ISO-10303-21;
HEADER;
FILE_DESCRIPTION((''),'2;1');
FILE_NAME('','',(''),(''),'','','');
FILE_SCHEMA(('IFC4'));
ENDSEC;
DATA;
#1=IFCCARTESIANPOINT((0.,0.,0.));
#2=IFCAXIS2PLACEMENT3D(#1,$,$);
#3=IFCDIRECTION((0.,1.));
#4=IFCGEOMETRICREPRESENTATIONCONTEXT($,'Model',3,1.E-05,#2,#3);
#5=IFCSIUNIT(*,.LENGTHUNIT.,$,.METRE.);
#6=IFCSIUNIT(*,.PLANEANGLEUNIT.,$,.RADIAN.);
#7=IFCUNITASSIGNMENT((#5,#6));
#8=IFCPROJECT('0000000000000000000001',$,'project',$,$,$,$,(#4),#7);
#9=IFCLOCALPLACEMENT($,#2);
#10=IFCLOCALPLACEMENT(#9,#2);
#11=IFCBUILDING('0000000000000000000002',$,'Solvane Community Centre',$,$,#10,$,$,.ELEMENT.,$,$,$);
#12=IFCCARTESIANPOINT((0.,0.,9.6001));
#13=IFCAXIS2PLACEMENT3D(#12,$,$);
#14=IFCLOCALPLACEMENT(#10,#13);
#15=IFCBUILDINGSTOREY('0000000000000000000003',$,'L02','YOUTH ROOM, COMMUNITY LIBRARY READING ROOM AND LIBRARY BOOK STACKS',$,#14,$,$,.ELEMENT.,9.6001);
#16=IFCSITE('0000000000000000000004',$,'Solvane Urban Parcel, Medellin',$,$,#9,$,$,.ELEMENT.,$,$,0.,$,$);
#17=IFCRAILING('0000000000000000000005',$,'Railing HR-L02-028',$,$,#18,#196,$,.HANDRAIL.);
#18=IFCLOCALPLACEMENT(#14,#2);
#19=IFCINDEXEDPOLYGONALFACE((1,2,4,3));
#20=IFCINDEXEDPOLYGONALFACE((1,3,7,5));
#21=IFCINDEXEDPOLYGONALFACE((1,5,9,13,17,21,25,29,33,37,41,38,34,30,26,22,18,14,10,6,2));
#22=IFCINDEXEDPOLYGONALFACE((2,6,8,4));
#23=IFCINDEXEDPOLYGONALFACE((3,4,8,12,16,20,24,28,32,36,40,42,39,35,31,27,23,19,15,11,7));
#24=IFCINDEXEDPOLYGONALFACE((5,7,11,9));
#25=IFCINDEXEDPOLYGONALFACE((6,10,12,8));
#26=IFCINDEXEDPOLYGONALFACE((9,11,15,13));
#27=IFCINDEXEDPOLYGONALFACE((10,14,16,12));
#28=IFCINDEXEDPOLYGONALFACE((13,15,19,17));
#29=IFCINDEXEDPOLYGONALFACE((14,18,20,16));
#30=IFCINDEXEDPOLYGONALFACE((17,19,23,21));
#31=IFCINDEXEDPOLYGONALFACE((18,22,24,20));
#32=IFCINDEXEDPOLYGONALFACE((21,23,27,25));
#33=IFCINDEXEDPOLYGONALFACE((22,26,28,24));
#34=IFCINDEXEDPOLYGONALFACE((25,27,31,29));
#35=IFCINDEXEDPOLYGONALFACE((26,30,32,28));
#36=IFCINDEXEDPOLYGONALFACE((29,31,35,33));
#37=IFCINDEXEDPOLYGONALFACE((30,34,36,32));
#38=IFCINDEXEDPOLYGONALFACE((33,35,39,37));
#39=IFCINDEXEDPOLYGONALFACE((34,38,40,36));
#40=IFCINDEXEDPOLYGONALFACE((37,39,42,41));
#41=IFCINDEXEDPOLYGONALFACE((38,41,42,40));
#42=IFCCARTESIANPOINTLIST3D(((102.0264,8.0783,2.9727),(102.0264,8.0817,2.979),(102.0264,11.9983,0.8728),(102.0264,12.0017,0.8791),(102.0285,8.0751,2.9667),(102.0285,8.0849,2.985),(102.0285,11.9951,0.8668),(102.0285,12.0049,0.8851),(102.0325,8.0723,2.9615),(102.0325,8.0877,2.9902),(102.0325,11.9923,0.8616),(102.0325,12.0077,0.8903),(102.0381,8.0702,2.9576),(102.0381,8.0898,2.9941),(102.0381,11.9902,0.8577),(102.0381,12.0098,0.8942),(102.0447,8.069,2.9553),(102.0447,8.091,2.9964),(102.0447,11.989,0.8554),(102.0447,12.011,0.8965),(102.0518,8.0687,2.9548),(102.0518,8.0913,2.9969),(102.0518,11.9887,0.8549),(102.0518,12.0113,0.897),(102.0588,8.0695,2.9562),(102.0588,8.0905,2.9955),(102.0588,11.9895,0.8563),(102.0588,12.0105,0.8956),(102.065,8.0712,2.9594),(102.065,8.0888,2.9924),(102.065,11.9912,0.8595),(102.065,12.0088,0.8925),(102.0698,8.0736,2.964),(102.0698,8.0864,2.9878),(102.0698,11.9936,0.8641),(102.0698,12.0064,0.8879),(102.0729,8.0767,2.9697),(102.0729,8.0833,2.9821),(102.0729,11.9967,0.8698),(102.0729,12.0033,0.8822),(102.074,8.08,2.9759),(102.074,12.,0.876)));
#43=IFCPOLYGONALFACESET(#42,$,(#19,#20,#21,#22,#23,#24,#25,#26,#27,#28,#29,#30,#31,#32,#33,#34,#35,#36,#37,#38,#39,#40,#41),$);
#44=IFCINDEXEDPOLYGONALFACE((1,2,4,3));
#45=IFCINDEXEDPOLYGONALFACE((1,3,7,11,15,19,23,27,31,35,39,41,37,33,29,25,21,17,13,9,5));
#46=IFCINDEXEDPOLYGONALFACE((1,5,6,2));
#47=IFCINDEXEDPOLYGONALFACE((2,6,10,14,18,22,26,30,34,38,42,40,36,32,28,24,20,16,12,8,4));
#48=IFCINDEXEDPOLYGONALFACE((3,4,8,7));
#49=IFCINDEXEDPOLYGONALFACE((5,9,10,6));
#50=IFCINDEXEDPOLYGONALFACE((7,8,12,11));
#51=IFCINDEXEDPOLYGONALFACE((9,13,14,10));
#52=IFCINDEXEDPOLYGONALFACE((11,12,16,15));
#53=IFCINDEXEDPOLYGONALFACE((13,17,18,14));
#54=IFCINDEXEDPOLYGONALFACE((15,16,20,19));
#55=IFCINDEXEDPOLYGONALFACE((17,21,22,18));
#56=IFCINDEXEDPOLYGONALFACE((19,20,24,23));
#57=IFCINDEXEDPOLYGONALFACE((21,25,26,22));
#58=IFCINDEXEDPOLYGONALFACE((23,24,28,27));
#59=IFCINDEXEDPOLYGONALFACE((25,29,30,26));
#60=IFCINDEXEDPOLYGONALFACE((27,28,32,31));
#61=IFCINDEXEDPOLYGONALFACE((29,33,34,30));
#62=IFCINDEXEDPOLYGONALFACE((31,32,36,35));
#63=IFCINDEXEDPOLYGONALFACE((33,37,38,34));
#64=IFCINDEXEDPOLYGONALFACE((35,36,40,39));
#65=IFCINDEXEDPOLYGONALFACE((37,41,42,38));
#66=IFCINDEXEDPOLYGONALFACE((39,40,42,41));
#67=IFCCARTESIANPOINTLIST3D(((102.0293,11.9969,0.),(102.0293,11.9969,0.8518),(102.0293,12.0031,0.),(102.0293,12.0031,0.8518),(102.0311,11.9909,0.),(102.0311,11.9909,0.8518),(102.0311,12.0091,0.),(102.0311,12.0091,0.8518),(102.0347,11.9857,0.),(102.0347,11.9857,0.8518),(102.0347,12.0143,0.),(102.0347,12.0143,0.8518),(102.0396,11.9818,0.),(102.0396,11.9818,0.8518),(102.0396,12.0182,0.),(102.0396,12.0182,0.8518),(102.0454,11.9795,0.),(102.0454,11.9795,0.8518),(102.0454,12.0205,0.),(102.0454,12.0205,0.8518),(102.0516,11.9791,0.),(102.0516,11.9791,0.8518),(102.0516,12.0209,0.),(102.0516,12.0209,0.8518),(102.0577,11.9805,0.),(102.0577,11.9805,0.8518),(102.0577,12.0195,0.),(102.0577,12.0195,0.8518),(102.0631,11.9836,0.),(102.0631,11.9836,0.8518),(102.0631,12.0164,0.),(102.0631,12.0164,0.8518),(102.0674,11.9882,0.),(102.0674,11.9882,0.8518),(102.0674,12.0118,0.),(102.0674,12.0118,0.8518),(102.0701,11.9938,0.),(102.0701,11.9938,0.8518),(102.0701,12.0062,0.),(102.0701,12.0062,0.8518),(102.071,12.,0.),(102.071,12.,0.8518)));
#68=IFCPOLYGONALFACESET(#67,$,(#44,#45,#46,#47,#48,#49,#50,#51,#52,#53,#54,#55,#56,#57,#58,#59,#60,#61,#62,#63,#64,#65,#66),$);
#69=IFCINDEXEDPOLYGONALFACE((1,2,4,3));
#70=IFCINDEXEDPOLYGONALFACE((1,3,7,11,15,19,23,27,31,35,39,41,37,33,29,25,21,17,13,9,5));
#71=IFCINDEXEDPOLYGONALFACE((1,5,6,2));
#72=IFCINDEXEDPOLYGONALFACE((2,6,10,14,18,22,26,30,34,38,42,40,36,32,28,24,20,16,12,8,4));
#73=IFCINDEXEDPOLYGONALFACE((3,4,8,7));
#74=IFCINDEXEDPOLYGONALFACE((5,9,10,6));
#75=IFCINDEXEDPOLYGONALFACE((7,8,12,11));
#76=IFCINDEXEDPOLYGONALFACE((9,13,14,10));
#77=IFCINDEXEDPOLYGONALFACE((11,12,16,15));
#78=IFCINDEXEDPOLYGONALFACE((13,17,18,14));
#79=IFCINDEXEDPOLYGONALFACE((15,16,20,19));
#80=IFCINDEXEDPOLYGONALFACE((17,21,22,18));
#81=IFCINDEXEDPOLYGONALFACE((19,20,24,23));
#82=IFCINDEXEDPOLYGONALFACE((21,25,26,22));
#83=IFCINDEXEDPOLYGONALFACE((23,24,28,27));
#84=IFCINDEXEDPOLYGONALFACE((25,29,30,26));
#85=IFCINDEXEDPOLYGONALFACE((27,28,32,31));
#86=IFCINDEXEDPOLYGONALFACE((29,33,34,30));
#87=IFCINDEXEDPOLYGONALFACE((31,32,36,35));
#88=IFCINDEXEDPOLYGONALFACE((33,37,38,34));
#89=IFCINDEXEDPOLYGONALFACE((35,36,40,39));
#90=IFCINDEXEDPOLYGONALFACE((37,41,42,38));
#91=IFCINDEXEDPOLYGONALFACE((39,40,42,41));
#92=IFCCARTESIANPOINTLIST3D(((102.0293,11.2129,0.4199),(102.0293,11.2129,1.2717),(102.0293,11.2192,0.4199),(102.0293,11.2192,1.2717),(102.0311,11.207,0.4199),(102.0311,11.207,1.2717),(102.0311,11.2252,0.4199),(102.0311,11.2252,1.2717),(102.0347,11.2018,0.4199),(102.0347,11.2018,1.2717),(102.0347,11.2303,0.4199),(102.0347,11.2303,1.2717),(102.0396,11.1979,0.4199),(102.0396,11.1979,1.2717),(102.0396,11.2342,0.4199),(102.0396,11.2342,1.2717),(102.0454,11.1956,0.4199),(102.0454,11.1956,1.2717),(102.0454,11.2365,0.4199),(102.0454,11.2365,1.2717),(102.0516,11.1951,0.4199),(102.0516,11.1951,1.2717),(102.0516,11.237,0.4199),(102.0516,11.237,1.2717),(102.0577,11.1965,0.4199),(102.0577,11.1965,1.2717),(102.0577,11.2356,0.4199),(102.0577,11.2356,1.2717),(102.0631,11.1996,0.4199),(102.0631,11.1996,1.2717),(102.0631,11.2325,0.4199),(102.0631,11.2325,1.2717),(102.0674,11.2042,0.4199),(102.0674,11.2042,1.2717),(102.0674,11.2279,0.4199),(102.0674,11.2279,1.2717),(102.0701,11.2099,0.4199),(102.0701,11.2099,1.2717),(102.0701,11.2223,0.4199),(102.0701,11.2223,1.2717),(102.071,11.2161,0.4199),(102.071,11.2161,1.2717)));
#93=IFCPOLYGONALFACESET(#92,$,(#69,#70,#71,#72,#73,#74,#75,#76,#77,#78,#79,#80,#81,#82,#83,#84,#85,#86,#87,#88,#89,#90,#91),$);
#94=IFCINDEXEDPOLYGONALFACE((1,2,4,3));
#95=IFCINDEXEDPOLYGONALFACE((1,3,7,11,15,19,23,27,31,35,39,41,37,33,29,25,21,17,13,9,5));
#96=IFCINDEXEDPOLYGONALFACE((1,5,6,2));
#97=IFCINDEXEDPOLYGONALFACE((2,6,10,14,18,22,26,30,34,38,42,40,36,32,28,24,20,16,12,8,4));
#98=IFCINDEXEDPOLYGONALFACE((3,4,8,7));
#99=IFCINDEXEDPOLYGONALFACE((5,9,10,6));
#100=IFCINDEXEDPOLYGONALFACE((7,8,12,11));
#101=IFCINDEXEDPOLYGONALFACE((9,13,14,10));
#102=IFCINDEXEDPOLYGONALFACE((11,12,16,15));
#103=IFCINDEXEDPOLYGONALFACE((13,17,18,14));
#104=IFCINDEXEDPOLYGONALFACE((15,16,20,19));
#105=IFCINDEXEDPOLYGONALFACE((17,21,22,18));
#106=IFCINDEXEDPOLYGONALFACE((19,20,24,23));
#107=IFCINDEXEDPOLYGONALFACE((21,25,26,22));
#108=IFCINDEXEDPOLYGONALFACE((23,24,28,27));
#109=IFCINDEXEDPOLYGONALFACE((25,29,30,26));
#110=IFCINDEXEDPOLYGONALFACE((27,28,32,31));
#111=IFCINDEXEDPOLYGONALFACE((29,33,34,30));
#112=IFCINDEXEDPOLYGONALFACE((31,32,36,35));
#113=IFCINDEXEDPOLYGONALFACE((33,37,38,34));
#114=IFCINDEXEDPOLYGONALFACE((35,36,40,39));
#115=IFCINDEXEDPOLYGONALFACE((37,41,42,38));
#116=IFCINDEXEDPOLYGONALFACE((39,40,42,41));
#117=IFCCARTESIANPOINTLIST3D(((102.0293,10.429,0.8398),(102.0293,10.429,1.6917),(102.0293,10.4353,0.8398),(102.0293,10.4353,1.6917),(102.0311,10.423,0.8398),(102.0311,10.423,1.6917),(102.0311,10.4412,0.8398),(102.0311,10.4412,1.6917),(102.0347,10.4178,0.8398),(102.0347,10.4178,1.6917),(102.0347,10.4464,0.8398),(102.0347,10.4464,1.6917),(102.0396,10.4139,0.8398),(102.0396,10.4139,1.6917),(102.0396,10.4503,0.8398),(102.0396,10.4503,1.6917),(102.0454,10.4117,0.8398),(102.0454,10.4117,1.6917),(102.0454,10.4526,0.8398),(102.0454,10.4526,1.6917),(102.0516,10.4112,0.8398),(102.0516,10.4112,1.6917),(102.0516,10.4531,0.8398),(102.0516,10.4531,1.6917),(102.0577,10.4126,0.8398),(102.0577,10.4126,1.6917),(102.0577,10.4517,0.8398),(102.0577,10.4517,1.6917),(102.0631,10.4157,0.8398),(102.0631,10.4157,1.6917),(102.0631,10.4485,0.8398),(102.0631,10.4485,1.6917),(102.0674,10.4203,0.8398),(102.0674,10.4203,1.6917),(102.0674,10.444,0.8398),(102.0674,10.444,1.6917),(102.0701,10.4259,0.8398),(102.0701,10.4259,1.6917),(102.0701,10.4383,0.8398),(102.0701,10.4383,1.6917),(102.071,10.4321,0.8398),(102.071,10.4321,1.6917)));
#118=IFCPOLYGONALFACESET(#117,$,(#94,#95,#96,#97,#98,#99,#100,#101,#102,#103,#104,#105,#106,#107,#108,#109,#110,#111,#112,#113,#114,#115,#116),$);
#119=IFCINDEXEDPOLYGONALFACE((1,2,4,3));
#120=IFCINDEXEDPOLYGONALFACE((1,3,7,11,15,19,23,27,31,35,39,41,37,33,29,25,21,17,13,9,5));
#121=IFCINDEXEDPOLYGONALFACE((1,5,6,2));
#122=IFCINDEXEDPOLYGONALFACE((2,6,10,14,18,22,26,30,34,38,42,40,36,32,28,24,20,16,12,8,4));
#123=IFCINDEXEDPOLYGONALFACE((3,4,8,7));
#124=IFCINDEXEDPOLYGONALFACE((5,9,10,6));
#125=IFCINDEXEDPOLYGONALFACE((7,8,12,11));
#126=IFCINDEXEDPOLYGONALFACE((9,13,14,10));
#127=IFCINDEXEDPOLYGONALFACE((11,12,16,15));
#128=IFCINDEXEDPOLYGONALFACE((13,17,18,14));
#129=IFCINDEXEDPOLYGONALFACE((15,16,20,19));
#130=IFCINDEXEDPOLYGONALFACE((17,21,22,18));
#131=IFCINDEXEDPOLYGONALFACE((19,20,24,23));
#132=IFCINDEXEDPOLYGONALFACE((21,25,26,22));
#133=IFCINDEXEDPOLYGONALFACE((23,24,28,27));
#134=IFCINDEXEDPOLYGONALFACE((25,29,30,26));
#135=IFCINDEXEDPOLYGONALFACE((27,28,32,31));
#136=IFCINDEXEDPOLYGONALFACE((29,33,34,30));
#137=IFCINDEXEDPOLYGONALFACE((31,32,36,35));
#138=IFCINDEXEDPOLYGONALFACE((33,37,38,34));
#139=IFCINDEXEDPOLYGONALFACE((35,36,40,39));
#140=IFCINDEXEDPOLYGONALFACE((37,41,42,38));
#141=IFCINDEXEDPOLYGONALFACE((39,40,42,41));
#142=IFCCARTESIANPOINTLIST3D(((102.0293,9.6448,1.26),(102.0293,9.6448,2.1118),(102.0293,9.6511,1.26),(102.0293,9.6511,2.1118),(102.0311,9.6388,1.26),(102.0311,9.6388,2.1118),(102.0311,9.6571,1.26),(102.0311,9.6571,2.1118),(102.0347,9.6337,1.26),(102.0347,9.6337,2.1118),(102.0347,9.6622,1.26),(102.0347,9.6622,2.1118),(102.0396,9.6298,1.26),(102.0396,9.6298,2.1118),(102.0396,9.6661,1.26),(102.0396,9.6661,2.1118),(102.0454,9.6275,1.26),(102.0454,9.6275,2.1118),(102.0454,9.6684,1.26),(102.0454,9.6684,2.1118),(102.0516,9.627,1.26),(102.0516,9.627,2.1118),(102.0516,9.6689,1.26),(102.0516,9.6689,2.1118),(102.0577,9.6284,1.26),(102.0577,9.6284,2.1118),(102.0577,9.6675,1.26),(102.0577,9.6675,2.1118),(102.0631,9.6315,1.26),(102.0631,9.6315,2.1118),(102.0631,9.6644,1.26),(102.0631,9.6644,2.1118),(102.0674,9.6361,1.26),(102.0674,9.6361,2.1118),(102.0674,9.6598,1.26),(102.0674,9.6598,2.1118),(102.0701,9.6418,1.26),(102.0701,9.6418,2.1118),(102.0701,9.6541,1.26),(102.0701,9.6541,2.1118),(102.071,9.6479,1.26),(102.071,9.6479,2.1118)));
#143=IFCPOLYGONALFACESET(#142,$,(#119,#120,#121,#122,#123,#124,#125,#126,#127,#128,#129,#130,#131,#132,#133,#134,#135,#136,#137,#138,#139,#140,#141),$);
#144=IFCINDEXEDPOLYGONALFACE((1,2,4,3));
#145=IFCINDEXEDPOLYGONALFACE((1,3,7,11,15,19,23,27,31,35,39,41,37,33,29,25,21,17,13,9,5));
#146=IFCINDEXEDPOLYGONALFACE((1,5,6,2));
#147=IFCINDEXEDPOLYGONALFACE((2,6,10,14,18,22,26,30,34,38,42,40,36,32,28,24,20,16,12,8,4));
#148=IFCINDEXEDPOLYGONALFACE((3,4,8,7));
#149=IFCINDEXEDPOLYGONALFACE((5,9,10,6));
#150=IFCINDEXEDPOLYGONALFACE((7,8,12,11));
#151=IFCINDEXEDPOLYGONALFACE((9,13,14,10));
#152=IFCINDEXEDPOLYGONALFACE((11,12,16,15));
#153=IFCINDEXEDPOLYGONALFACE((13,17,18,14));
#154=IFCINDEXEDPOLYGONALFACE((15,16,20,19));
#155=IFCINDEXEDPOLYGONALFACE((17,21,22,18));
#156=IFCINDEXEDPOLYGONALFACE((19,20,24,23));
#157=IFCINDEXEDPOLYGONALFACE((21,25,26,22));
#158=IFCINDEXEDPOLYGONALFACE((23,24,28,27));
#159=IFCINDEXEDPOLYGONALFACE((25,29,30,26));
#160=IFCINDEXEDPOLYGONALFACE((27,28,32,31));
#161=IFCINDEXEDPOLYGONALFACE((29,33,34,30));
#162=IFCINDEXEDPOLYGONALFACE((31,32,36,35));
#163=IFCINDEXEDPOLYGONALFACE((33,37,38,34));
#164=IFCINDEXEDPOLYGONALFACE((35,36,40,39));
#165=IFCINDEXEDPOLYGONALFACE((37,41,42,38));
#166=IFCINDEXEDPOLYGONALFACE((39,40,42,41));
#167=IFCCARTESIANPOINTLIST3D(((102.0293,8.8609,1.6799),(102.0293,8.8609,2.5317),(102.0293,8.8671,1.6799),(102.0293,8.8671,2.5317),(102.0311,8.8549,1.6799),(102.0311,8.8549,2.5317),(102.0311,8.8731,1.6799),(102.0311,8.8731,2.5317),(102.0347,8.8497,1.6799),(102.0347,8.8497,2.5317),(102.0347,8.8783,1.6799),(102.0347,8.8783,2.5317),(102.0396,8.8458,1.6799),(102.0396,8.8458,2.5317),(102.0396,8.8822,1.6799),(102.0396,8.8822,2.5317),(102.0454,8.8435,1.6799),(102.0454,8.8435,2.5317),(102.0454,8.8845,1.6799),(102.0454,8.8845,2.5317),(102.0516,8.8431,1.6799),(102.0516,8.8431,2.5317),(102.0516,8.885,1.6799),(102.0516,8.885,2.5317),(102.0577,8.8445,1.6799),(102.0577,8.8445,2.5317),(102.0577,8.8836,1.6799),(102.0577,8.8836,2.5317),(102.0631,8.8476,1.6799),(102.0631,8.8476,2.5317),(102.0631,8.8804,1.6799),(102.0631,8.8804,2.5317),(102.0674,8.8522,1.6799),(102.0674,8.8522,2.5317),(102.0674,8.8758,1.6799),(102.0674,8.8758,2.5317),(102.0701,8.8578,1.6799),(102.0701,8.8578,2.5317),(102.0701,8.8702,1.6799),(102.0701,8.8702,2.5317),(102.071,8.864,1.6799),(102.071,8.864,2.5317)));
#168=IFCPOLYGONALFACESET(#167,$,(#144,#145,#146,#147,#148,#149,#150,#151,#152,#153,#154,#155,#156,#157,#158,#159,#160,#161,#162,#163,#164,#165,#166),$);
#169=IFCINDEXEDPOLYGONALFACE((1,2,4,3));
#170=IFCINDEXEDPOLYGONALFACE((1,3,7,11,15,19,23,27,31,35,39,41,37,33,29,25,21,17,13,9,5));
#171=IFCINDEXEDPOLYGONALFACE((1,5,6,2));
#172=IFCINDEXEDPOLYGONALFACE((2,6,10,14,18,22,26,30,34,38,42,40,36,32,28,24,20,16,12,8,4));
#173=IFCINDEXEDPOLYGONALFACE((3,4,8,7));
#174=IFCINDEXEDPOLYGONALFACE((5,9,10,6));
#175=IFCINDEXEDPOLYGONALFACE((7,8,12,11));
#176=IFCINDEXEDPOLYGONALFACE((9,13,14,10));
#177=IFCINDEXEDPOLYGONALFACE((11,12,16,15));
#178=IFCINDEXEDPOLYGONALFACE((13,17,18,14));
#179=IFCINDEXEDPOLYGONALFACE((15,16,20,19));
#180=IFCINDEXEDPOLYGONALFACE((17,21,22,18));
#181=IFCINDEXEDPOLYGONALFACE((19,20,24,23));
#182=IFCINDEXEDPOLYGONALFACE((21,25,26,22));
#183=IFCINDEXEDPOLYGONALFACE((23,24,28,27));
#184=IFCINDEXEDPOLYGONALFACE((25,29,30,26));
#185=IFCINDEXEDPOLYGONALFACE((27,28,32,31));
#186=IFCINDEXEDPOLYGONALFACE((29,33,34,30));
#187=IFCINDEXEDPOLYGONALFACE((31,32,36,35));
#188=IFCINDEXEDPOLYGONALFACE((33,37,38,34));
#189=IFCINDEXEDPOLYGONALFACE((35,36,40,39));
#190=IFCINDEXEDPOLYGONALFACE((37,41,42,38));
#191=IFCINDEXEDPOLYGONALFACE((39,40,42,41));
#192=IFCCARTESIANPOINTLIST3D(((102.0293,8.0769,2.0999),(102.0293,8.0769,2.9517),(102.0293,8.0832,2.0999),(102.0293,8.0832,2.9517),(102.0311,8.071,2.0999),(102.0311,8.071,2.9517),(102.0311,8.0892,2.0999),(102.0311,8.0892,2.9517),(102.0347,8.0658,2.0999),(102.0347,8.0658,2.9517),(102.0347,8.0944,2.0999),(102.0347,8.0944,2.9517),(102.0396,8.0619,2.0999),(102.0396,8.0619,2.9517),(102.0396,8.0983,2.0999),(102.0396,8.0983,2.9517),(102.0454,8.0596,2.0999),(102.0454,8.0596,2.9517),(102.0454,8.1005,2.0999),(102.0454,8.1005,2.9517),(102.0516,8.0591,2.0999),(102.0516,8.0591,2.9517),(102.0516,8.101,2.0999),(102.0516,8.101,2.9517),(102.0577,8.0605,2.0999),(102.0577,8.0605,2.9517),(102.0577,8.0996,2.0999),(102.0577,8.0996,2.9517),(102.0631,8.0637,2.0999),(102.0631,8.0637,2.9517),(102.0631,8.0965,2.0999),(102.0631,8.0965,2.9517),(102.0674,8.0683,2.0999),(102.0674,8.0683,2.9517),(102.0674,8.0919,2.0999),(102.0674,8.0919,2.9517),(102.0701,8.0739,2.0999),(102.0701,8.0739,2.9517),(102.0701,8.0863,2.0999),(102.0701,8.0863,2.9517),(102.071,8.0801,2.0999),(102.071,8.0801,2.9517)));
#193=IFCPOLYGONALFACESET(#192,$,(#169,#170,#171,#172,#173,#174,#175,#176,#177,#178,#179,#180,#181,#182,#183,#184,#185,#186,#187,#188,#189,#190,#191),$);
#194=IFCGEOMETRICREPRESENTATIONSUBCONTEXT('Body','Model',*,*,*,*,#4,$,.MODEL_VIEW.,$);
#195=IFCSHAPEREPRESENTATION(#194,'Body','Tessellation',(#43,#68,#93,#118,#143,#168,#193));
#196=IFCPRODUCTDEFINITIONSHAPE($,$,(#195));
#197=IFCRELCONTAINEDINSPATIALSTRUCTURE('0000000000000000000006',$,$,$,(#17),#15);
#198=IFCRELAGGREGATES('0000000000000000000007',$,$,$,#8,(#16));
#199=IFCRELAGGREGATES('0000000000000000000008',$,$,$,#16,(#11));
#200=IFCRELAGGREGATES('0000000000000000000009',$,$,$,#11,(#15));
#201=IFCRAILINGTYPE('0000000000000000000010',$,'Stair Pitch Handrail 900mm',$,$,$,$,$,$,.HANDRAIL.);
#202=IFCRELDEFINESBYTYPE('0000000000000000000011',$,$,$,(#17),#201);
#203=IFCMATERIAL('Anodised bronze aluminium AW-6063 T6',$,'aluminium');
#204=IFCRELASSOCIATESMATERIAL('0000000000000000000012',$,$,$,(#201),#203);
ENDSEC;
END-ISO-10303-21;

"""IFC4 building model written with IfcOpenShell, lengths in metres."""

from ifc_helpers import new_model, si_unit, direction, frame, origin, origin_2d, place, context, subcontext, project, spatial, circle, extrude, material, type_object, element, save


model = new_model("IFC4")

# Units and contexts
model_context = context("Model", 3, precision=1e-05, world=origin(), true_north=direction((0.0, 1.0)))
body_context = subcontext(model_context, "Body", "Model", "MODEL_VIEW")
ifc_project = project(units=[si_unit("LENGTHUNIT", "METRE"), si_unit("PLANEANGLEUNIT", "RADIAN")], contexts=[model_context])

# Site, building, storey
site_placement = place(None, origin())
site = spatial("IfcSite", under=ifc_project, at=site_placement, Name="Solvane Urban Parcel, Medellin", CompositionType="ELEMENT", RefElevation=0.0)
building_placement = place(site_placement, origin())
building = spatial("IfcBuilding", under=site, at=building_placement, Name="Solvane Community Centre", CompositionType="ELEMENT")
storey_placement = place(building_placement, frame((0.0, 0.0, 9.6001)))
storey = spatial("IfcBuildingStorey", under=building, at=storey_placement, Name="L02", Description="YOUTH ROOM, COMMUNITY LIBRARY READING ROOM AND LIBRARY BOOK STACKS", CompositionType="ELEMENT", Elevation=9.6001)

# Shared definitions
ifc_material_1 = material(Name="Anodised bronze aluminium AW-6063 T6", Category="aluminium")

# Railing
railing_type_1 = type_object("IfcRailingType", Name="Stair Pitch Handrail 900mm", PredefinedType="HANDRAIL", material=ifc_material_1)
railing_1_placement = place(storey_placement, frame((102.05, 12.0, 0.0)))
element("IfcRailing", 1, at=railing_1_placement, inside=storey, type_object=railing_type_1, Name="Railing HR-L02-028", PredefinedType="HANDRAIL", context=body_context, shape_type="SweptSolid", body=[
    extrude(circle(Radius=0.0239, at=origin_2d()), frame((0.0, 0.0, 0.876), z_axis=(0.0, -0.88149, 0.472203), x_axis=(1.0, 0.0, 0.0)), (0.0, 0.0, 1.0), 4.447),
    extrude(circle(Radius=0.021, at=origin_2d()), origin(), (0.0, 0.0, 1.0), 0.8518),
    extrude(circle(Radius=0.021, at=origin_2d()), frame((0.0, -0.7839, 0.4199)), (0.0, 0.0, 1.0), 0.8518),
    extrude(circle(Radius=0.021, at=origin_2d()), frame((0.0, -1.5679, 0.8398)), (0.0, 0.0, 1.0), 0.8518),
    extrude(circle(Radius=0.021, at=origin_2d()), frame((0.0, -2.3521, 1.26)), (0.0, 0.0, 1.0), 0.8518),
    extrude(circle(Radius=0.021, at=origin_2d()), frame((0.0, -3.136, 1.6799)), (0.0, 0.0, 1.0), 0.8518),
    extrude(circle(Radius=0.021, at=origin_2d()), frame((0.0, -3.9199, 2.0999)), (0.0, 0.0, 1.0), 0.8518),
])

save(model, "model.ifc")
